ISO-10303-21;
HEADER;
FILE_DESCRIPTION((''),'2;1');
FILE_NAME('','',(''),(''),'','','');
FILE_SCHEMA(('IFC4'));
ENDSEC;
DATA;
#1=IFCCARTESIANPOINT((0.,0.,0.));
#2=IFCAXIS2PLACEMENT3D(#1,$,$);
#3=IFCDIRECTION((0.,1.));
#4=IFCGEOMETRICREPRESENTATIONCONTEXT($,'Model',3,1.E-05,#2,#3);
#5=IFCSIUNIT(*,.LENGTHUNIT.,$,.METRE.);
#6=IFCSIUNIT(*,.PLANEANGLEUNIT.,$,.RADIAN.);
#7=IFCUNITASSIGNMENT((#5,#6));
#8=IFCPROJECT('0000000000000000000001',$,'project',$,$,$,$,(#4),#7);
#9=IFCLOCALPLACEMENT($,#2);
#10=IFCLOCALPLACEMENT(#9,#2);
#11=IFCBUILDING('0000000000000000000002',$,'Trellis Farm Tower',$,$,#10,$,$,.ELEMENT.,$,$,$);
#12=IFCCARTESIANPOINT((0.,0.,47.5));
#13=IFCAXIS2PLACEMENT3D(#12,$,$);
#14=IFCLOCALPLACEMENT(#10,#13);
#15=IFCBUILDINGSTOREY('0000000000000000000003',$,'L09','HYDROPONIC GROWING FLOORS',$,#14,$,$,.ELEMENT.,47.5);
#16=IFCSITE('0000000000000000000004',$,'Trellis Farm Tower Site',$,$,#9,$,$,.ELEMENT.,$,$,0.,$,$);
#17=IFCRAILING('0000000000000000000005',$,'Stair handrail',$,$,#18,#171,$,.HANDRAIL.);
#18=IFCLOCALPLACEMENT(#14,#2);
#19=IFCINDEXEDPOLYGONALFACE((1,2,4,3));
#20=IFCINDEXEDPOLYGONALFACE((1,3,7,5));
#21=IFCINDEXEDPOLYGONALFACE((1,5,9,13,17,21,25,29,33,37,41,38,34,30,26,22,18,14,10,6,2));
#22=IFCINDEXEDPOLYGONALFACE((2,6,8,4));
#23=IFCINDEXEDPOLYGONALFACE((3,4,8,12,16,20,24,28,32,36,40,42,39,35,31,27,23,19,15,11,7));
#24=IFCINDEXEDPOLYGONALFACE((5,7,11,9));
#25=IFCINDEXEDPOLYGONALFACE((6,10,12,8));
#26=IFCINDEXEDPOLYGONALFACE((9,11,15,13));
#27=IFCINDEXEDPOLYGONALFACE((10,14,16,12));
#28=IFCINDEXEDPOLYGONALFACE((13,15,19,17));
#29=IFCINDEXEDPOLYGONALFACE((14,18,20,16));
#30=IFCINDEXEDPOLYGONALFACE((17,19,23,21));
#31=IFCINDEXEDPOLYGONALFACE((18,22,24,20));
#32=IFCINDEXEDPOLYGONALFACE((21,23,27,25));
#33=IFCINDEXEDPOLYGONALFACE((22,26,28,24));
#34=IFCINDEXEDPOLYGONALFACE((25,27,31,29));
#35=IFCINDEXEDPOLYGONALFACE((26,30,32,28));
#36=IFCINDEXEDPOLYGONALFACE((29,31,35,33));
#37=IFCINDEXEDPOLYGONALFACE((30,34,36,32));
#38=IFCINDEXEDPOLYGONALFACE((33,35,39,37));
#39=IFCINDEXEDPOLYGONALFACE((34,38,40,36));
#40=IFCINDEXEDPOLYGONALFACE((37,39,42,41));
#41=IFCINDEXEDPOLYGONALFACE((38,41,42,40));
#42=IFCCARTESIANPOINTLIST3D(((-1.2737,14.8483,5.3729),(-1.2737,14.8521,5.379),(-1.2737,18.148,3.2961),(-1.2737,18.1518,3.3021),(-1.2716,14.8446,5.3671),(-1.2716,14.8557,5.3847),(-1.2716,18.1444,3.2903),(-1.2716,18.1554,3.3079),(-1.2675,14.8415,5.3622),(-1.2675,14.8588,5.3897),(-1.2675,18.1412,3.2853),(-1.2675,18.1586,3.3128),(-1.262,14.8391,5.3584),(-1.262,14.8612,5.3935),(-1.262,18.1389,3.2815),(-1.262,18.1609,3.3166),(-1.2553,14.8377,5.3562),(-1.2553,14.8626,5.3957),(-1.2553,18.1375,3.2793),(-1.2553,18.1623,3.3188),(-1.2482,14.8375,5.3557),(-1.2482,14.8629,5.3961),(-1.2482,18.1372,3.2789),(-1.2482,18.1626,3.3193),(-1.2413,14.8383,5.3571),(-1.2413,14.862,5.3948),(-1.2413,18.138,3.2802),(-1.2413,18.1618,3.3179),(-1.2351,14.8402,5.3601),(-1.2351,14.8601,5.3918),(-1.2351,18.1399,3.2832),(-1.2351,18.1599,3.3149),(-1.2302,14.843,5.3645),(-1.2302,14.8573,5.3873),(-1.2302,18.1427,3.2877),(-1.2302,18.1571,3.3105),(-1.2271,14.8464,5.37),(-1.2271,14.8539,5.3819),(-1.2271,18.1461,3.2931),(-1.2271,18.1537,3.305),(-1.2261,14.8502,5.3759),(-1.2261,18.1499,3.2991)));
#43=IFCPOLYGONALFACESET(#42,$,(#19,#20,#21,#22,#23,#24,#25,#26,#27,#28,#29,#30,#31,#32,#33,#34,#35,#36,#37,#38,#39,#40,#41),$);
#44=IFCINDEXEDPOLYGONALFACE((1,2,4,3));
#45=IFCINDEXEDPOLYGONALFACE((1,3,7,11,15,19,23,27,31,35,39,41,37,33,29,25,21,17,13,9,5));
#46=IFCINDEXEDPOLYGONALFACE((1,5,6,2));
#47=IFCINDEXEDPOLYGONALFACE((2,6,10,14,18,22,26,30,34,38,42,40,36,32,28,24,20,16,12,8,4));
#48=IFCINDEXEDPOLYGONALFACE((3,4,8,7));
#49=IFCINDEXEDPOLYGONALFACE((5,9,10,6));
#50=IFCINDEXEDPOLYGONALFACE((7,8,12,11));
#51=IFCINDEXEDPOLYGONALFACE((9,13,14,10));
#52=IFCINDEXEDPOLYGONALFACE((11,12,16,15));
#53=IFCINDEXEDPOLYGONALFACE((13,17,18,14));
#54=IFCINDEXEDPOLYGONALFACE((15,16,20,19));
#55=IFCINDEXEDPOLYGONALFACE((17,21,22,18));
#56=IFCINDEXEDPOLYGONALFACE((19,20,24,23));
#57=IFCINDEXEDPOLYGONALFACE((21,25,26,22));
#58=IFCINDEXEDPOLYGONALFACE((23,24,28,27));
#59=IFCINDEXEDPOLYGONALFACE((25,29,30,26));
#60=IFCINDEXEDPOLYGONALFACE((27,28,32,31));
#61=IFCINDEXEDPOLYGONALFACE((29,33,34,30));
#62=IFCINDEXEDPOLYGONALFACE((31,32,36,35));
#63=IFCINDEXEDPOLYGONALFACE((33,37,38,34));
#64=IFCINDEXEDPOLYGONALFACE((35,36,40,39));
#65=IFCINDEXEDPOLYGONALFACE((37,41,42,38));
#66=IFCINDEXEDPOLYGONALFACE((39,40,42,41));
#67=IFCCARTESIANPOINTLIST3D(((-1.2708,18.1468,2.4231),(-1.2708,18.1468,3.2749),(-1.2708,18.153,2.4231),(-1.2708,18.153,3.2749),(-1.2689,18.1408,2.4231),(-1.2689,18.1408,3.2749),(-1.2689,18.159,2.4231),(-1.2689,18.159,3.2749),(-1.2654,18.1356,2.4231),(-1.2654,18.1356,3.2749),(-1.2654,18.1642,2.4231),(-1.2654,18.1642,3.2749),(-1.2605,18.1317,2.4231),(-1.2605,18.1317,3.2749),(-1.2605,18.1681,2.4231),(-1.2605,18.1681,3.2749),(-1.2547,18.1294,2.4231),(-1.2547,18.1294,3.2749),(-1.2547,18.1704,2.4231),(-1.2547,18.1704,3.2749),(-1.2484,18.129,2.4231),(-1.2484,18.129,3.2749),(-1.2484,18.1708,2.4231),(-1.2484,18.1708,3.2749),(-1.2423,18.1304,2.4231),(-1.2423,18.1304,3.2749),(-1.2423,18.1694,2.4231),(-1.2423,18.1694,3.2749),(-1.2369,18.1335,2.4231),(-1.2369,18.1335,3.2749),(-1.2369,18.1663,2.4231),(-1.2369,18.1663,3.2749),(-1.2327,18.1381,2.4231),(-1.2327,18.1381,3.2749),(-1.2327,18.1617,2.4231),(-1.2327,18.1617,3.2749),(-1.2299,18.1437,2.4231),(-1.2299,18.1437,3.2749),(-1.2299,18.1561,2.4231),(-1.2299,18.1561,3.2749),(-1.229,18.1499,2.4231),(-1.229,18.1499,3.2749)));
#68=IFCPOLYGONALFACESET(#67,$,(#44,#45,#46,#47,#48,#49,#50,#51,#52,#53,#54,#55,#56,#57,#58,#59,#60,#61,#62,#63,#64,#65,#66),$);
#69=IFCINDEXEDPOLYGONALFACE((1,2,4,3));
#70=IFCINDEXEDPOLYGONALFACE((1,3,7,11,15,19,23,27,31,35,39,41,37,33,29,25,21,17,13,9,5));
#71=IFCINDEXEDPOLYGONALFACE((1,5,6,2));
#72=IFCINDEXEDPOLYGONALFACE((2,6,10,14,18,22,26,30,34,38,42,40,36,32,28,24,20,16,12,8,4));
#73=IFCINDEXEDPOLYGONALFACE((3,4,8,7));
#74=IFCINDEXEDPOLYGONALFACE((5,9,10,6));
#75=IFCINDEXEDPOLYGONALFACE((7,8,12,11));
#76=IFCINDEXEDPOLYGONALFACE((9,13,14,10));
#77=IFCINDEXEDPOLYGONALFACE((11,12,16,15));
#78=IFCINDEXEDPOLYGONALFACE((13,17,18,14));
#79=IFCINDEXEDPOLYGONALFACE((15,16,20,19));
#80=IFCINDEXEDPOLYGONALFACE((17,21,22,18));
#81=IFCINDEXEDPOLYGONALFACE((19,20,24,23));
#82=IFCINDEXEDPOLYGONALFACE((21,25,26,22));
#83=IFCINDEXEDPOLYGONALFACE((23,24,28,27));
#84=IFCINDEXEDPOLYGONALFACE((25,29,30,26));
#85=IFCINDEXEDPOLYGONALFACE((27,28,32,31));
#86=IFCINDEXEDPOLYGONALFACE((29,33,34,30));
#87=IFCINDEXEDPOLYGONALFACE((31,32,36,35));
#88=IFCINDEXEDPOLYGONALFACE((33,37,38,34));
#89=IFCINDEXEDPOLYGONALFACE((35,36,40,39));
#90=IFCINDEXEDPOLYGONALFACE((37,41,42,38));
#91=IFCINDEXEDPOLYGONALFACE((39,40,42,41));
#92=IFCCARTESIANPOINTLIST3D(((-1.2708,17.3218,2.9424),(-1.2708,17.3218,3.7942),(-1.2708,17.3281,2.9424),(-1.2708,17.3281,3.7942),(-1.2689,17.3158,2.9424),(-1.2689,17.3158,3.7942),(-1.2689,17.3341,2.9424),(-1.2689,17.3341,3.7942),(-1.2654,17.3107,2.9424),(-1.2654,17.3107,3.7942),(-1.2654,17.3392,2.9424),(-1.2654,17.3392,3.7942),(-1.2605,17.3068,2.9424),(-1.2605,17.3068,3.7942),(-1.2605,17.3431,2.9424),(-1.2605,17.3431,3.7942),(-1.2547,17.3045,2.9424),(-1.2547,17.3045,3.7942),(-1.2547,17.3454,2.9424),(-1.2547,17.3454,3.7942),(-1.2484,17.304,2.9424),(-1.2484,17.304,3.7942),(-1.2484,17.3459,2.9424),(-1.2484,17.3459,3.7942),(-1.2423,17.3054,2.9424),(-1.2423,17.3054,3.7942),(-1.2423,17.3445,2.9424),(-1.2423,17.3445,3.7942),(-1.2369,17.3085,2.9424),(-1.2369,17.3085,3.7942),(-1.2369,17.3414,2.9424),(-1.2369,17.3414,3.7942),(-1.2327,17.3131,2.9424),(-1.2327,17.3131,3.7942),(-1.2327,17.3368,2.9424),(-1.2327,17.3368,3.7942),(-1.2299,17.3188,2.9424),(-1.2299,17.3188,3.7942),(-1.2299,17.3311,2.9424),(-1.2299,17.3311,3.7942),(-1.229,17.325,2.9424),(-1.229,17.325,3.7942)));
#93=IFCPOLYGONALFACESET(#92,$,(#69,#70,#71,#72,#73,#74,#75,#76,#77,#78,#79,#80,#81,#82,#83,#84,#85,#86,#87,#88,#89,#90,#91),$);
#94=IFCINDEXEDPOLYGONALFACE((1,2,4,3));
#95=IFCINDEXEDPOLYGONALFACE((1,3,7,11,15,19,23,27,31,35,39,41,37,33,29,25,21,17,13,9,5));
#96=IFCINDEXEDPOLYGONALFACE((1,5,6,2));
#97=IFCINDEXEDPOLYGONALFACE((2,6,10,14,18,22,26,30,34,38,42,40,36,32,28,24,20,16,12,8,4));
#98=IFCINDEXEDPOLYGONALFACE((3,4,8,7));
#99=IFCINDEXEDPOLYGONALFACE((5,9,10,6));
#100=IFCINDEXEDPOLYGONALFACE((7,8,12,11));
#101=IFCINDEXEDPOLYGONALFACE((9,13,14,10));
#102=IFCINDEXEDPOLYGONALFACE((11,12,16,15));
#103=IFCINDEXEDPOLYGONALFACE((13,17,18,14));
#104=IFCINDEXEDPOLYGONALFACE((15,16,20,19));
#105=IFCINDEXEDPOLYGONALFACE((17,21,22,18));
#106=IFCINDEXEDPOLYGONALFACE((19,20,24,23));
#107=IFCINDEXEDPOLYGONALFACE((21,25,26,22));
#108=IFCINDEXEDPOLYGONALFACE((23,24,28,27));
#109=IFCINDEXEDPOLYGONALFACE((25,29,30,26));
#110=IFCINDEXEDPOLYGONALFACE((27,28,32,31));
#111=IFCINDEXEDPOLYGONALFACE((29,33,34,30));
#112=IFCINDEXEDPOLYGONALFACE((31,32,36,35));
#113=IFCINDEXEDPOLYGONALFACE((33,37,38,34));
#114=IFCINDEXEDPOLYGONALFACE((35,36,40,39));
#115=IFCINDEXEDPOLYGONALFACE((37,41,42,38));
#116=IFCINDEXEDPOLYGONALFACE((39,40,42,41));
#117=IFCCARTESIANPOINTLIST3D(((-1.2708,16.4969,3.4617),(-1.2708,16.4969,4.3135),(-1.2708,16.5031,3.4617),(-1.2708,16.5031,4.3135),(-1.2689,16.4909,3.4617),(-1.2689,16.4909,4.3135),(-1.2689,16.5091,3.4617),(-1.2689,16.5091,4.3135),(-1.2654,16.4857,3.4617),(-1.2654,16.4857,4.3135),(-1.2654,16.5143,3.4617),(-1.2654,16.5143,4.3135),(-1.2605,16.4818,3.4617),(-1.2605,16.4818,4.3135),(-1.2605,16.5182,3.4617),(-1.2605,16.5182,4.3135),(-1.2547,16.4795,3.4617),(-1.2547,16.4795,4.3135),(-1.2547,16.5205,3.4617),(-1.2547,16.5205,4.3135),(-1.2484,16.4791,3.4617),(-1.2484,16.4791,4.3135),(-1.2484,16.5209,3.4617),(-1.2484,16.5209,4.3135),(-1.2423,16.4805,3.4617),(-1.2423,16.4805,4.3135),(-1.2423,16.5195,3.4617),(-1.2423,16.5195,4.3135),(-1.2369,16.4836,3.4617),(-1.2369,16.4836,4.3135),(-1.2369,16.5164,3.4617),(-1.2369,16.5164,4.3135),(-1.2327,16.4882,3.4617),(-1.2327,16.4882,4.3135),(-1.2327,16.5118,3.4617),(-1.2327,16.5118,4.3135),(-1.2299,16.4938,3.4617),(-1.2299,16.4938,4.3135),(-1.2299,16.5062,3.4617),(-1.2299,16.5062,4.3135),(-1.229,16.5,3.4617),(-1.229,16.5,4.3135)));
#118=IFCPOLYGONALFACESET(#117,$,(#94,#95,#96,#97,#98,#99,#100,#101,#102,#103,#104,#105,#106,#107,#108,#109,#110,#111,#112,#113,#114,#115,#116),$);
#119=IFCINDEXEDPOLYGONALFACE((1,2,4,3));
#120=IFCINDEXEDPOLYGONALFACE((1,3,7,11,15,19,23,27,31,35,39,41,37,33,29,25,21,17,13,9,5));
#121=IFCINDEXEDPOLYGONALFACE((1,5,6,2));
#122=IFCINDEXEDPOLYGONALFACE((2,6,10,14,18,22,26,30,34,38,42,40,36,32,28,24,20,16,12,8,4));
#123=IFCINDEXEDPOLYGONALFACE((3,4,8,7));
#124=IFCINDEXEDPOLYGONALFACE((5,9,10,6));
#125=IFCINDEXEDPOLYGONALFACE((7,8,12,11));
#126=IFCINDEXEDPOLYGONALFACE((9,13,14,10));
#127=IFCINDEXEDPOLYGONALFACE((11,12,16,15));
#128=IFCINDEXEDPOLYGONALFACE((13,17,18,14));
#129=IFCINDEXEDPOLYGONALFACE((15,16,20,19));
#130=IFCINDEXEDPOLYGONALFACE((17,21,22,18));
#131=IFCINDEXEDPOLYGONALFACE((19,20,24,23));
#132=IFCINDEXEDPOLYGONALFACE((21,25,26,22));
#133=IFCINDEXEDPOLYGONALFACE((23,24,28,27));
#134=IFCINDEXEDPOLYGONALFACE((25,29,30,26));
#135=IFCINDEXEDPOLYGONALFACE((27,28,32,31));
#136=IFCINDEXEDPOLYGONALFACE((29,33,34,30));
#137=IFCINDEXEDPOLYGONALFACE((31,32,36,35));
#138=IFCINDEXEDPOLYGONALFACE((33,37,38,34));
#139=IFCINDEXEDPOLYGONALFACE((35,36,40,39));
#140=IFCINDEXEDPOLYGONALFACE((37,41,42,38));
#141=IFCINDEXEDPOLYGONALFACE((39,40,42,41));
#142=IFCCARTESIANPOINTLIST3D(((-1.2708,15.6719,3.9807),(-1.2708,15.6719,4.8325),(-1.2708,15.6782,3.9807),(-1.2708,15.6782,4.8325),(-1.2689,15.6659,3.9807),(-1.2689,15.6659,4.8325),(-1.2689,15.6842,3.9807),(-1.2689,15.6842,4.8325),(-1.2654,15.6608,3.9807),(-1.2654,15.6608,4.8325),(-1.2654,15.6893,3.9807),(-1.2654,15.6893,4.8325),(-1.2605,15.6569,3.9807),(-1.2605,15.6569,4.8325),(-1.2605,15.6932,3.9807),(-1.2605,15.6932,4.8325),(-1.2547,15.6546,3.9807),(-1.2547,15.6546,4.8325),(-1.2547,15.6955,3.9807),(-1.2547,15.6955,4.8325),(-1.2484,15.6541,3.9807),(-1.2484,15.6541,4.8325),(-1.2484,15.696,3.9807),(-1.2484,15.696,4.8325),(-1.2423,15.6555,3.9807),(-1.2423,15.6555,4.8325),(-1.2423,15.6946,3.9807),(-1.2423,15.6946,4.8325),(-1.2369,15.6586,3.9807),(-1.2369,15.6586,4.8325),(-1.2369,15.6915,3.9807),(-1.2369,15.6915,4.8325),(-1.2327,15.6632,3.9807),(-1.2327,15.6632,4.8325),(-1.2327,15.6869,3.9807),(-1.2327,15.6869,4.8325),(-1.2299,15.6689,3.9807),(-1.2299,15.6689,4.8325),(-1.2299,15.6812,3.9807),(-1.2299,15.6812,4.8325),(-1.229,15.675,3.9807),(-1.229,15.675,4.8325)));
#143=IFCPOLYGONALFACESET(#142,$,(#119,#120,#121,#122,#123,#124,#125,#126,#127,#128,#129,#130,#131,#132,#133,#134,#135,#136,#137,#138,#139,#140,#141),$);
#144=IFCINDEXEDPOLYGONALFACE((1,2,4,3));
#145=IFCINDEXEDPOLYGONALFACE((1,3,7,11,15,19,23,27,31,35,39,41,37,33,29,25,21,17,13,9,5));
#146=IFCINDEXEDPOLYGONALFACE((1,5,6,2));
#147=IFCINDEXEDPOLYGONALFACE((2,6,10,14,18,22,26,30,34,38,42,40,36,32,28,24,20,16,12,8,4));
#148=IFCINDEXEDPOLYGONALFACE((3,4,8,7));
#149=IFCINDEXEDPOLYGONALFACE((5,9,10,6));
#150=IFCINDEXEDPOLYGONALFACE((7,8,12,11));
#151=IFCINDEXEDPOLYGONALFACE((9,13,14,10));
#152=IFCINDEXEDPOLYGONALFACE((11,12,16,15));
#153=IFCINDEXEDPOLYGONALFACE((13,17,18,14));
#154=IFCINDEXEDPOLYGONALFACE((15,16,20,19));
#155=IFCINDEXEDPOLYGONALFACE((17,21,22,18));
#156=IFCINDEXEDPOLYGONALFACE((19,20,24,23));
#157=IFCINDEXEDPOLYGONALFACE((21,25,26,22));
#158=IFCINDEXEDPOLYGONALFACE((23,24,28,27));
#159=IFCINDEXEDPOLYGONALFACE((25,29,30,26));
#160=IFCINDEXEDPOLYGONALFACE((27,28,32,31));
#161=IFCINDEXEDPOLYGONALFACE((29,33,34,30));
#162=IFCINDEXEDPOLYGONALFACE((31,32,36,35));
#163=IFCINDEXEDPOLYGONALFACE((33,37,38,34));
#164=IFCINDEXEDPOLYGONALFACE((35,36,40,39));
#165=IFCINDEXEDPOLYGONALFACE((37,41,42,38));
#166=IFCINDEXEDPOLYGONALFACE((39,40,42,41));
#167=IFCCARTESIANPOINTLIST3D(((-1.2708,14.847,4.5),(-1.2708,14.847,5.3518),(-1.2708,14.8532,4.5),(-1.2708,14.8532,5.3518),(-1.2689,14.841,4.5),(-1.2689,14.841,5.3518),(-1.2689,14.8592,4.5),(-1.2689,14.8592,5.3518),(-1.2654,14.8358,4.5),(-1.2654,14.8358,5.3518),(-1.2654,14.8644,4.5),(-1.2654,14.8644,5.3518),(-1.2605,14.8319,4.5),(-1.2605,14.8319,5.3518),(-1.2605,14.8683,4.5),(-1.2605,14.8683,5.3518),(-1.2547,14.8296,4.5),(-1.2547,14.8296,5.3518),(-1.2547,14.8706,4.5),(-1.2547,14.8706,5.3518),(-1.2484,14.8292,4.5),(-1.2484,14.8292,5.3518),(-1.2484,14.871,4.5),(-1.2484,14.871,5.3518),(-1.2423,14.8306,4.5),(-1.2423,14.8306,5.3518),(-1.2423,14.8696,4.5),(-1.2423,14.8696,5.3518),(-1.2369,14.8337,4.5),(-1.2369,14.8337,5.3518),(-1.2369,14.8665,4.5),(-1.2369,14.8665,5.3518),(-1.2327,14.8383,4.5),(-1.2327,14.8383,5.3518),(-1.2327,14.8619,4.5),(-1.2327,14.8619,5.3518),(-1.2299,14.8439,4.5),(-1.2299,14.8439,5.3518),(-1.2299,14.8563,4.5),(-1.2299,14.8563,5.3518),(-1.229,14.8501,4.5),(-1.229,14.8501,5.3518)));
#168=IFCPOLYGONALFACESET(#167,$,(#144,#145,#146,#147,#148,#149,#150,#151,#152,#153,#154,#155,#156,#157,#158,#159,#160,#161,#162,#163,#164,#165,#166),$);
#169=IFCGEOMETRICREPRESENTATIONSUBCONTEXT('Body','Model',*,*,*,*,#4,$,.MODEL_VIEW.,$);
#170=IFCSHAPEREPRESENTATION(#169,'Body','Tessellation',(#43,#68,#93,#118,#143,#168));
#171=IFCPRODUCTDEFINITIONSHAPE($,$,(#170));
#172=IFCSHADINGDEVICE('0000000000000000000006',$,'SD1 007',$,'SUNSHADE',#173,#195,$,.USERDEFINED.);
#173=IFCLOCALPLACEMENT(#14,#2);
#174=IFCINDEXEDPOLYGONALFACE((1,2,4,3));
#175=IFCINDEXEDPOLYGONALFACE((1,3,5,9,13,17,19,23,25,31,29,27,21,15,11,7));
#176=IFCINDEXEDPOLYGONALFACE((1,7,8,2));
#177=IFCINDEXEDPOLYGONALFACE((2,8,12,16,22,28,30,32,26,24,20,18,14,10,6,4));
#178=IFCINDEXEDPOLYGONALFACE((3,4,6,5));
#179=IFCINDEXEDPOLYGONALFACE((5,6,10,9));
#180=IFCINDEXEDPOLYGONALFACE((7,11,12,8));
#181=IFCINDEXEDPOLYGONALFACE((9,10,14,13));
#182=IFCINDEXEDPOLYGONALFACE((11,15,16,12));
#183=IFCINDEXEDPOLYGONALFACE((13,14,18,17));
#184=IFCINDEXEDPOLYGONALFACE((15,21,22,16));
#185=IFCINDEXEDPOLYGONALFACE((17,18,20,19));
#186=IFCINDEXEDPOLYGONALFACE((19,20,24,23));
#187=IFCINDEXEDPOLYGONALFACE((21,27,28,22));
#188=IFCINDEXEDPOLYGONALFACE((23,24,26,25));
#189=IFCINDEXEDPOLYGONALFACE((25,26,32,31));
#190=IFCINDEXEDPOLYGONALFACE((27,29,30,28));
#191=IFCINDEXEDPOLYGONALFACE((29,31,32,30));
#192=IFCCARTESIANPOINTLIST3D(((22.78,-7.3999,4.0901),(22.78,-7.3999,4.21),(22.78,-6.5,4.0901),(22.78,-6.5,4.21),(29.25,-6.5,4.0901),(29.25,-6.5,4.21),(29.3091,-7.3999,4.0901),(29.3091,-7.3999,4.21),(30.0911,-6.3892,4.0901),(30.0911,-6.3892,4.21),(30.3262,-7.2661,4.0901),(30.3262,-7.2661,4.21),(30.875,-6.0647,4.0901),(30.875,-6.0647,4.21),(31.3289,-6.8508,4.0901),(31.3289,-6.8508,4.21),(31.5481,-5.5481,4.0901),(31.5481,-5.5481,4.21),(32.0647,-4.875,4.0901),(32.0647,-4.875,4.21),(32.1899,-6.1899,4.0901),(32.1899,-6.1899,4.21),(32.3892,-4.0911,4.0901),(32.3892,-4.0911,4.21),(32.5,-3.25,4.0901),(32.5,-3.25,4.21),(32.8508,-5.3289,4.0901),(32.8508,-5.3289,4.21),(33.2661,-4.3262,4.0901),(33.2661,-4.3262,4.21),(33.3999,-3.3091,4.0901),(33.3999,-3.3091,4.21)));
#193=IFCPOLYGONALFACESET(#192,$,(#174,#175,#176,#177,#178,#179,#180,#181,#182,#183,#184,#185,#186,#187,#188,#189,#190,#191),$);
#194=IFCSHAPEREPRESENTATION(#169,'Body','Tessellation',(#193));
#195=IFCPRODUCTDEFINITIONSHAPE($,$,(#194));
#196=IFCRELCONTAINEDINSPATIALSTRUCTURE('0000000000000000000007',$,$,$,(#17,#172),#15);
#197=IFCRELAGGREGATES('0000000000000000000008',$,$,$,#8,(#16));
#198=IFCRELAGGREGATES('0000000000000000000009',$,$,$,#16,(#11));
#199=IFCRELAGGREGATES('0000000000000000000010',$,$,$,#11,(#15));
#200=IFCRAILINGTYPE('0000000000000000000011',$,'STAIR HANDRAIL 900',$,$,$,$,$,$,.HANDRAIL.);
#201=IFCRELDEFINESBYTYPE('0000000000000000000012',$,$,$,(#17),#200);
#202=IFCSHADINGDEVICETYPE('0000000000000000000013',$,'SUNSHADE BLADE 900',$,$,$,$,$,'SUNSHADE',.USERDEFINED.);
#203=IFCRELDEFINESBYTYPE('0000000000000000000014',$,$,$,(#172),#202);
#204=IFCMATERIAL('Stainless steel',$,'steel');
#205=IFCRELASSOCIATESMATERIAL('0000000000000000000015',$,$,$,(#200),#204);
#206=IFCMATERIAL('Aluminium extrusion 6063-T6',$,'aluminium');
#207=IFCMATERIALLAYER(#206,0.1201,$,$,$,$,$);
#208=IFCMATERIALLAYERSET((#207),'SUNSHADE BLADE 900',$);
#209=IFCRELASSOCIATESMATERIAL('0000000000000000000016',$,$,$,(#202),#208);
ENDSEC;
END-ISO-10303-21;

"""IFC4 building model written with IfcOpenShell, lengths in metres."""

from ifc_helpers import new_model, si_unit, direction, frame, origin, origin_2d, place, context, subcontext, project, spatial, polyline, circle, outline, extrude, source, transform, mapped, material, layer, layer_set, type_object, element, save


model = new_model("IFC4")

# Units and contexts
model_context = context("Model", 3, precision=1e-05, world=origin(), true_north=direction((0.0, 1.0)))
body_context = subcontext(model_context, "Body", "Model", "MODEL_VIEW")
ifc_project = project(units=[si_unit("LENGTHUNIT", "METRE"), si_unit("PLANEANGLEUNIT", "RADIAN")], contexts=[model_context])

# Site, building, storey
site_placement = place(None, origin())
site = spatial("IfcSite", under=ifc_project, at=site_placement, Name="Trellis Farm Tower Site", CompositionType="ELEMENT", RefElevation=0.0)
building_placement = place(site_placement, origin())
building = spatial("IfcBuilding", under=site, at=building_placement, Name="Trellis Farm Tower", CompositionType="ELEMENT")
storey_placement = place(building_placement, frame((0.0, 0.0, 47.5)))
storey = spatial("IfcBuildingStorey", under=building, at=storey_placement, Name="L09", Description="HYDROPONIC GROWING FLOORS", CompositionType="ELEMENT", Elevation=47.5)

# Shared definitions
ifc_material_1 = material(Name="Aluminium extrusion 6063-T6", Category="aluminium")

# Railing
ifc_material_2 = material(Name="Stainless steel", Category="steel")
railing_type = type_object("IfcRailingType", Name="STAIR HANDRAIL 900", PredefinedType="HANDRAIL", material=ifc_material_2)
shared_shape_1 = source(origin(), body_context, "Body", "SweptSolid", [
    extrude(circle(Radius=0.0239, at=origin_2d()), frame((0.0, 0.0, 0.876), z_axis=(0.0, -0.84632, 0.532675), x_axis=(1.0, 0.0, 0.0)), (0.0, 0.0, 1.0), 3.8989),
    extrude(circle(Radius=0.021, at=origin_2d()), origin(), (0.0, 0.0, 1.0), 0.8518),
    extrude(circle(Radius=0.021, at=origin_2d()), frame((0.0, -0.825, 0.5193)), (0.0, 0.0, 1.0), 0.8518),
    extrude(circle(Radius=0.021, at=origin_2d()), frame((0.0, -1.6499, 1.0386)), (0.0, 0.0, 1.0), 0.8518),
    extrude(circle(Radius=0.021, at=origin_2d()), frame((0.0, -2.4749, 1.5576)), (0.0, 0.0, 1.0), 0.8518),
    extrude(circle(Radius=0.021, at=origin_2d()), frame((0.0, -3.2998, 2.0769)), (0.0, 0.0, 1.0), 0.8518),
])
railing_placement = place(storey_placement, frame((-1.25, 18.1499, 2.4231)))
element("IfcRailing", 1, at=railing_placement, inside=storey, type_object=railing_type, Name="Stair handrail", PredefinedType="HANDRAIL", context=body_context, shape_type="MappedRepresentation", body=[
    mapped(shared_shape_1, transform((0.0, 0.0, 0.0))),
])

# Shading device
ifc_layer_1 = layer(ifc_material_1, 0.1201)
ifc_layer_set_1 = layer_set([ifc_layer_1], Name="SUNSHADE BLADE 900")
shading_device_type = type_object("IfcShadingDeviceType", Name="SUNSHADE BLADE 900", ElementType="SUNSHADE", PredefinedType="USERDEFINED", material=ifc_layer_set_1)
shared_shape_2 = source(origin(), body_context, "Body", "SweptSolid", [
    extrude(outline(polyline([(22.78, -7.3999), (29.3091, -7.3999), (30.3262, -7.2661), (31.3289, -6.8508), (32.1899, -6.1899), (32.8508, -5.3289), (33.2661, -4.3262), (33.3999, -3.3091), (32.5, -3.25), (32.3892, -4.0911), (32.0647, -4.875), (31.5481, -5.5481), (30.875, -6.0647), (30.0911, -6.3892), (29.25, -6.5), (22.78, -6.5), (22.78, -7.3999)])), origin(), (0.0, 0.0, 1.0), 0.1199),
])
shading_device_placement = place(storey_placement, frame((0.0, 0.0, 4.0901)))
element("IfcShadingDevice", 2, at=shading_device_placement, inside=storey, type_object=shading_device_type, Name="SD1 007", ObjectType="SUNSHADE", PredefinedType="USERDEFINED", context=body_context, shape_type="MappedRepresentation", body=[
    mapped(shared_shape_2, transform((0.0, 0.0, 0.0))),
])

save(model, "model.ifc")
